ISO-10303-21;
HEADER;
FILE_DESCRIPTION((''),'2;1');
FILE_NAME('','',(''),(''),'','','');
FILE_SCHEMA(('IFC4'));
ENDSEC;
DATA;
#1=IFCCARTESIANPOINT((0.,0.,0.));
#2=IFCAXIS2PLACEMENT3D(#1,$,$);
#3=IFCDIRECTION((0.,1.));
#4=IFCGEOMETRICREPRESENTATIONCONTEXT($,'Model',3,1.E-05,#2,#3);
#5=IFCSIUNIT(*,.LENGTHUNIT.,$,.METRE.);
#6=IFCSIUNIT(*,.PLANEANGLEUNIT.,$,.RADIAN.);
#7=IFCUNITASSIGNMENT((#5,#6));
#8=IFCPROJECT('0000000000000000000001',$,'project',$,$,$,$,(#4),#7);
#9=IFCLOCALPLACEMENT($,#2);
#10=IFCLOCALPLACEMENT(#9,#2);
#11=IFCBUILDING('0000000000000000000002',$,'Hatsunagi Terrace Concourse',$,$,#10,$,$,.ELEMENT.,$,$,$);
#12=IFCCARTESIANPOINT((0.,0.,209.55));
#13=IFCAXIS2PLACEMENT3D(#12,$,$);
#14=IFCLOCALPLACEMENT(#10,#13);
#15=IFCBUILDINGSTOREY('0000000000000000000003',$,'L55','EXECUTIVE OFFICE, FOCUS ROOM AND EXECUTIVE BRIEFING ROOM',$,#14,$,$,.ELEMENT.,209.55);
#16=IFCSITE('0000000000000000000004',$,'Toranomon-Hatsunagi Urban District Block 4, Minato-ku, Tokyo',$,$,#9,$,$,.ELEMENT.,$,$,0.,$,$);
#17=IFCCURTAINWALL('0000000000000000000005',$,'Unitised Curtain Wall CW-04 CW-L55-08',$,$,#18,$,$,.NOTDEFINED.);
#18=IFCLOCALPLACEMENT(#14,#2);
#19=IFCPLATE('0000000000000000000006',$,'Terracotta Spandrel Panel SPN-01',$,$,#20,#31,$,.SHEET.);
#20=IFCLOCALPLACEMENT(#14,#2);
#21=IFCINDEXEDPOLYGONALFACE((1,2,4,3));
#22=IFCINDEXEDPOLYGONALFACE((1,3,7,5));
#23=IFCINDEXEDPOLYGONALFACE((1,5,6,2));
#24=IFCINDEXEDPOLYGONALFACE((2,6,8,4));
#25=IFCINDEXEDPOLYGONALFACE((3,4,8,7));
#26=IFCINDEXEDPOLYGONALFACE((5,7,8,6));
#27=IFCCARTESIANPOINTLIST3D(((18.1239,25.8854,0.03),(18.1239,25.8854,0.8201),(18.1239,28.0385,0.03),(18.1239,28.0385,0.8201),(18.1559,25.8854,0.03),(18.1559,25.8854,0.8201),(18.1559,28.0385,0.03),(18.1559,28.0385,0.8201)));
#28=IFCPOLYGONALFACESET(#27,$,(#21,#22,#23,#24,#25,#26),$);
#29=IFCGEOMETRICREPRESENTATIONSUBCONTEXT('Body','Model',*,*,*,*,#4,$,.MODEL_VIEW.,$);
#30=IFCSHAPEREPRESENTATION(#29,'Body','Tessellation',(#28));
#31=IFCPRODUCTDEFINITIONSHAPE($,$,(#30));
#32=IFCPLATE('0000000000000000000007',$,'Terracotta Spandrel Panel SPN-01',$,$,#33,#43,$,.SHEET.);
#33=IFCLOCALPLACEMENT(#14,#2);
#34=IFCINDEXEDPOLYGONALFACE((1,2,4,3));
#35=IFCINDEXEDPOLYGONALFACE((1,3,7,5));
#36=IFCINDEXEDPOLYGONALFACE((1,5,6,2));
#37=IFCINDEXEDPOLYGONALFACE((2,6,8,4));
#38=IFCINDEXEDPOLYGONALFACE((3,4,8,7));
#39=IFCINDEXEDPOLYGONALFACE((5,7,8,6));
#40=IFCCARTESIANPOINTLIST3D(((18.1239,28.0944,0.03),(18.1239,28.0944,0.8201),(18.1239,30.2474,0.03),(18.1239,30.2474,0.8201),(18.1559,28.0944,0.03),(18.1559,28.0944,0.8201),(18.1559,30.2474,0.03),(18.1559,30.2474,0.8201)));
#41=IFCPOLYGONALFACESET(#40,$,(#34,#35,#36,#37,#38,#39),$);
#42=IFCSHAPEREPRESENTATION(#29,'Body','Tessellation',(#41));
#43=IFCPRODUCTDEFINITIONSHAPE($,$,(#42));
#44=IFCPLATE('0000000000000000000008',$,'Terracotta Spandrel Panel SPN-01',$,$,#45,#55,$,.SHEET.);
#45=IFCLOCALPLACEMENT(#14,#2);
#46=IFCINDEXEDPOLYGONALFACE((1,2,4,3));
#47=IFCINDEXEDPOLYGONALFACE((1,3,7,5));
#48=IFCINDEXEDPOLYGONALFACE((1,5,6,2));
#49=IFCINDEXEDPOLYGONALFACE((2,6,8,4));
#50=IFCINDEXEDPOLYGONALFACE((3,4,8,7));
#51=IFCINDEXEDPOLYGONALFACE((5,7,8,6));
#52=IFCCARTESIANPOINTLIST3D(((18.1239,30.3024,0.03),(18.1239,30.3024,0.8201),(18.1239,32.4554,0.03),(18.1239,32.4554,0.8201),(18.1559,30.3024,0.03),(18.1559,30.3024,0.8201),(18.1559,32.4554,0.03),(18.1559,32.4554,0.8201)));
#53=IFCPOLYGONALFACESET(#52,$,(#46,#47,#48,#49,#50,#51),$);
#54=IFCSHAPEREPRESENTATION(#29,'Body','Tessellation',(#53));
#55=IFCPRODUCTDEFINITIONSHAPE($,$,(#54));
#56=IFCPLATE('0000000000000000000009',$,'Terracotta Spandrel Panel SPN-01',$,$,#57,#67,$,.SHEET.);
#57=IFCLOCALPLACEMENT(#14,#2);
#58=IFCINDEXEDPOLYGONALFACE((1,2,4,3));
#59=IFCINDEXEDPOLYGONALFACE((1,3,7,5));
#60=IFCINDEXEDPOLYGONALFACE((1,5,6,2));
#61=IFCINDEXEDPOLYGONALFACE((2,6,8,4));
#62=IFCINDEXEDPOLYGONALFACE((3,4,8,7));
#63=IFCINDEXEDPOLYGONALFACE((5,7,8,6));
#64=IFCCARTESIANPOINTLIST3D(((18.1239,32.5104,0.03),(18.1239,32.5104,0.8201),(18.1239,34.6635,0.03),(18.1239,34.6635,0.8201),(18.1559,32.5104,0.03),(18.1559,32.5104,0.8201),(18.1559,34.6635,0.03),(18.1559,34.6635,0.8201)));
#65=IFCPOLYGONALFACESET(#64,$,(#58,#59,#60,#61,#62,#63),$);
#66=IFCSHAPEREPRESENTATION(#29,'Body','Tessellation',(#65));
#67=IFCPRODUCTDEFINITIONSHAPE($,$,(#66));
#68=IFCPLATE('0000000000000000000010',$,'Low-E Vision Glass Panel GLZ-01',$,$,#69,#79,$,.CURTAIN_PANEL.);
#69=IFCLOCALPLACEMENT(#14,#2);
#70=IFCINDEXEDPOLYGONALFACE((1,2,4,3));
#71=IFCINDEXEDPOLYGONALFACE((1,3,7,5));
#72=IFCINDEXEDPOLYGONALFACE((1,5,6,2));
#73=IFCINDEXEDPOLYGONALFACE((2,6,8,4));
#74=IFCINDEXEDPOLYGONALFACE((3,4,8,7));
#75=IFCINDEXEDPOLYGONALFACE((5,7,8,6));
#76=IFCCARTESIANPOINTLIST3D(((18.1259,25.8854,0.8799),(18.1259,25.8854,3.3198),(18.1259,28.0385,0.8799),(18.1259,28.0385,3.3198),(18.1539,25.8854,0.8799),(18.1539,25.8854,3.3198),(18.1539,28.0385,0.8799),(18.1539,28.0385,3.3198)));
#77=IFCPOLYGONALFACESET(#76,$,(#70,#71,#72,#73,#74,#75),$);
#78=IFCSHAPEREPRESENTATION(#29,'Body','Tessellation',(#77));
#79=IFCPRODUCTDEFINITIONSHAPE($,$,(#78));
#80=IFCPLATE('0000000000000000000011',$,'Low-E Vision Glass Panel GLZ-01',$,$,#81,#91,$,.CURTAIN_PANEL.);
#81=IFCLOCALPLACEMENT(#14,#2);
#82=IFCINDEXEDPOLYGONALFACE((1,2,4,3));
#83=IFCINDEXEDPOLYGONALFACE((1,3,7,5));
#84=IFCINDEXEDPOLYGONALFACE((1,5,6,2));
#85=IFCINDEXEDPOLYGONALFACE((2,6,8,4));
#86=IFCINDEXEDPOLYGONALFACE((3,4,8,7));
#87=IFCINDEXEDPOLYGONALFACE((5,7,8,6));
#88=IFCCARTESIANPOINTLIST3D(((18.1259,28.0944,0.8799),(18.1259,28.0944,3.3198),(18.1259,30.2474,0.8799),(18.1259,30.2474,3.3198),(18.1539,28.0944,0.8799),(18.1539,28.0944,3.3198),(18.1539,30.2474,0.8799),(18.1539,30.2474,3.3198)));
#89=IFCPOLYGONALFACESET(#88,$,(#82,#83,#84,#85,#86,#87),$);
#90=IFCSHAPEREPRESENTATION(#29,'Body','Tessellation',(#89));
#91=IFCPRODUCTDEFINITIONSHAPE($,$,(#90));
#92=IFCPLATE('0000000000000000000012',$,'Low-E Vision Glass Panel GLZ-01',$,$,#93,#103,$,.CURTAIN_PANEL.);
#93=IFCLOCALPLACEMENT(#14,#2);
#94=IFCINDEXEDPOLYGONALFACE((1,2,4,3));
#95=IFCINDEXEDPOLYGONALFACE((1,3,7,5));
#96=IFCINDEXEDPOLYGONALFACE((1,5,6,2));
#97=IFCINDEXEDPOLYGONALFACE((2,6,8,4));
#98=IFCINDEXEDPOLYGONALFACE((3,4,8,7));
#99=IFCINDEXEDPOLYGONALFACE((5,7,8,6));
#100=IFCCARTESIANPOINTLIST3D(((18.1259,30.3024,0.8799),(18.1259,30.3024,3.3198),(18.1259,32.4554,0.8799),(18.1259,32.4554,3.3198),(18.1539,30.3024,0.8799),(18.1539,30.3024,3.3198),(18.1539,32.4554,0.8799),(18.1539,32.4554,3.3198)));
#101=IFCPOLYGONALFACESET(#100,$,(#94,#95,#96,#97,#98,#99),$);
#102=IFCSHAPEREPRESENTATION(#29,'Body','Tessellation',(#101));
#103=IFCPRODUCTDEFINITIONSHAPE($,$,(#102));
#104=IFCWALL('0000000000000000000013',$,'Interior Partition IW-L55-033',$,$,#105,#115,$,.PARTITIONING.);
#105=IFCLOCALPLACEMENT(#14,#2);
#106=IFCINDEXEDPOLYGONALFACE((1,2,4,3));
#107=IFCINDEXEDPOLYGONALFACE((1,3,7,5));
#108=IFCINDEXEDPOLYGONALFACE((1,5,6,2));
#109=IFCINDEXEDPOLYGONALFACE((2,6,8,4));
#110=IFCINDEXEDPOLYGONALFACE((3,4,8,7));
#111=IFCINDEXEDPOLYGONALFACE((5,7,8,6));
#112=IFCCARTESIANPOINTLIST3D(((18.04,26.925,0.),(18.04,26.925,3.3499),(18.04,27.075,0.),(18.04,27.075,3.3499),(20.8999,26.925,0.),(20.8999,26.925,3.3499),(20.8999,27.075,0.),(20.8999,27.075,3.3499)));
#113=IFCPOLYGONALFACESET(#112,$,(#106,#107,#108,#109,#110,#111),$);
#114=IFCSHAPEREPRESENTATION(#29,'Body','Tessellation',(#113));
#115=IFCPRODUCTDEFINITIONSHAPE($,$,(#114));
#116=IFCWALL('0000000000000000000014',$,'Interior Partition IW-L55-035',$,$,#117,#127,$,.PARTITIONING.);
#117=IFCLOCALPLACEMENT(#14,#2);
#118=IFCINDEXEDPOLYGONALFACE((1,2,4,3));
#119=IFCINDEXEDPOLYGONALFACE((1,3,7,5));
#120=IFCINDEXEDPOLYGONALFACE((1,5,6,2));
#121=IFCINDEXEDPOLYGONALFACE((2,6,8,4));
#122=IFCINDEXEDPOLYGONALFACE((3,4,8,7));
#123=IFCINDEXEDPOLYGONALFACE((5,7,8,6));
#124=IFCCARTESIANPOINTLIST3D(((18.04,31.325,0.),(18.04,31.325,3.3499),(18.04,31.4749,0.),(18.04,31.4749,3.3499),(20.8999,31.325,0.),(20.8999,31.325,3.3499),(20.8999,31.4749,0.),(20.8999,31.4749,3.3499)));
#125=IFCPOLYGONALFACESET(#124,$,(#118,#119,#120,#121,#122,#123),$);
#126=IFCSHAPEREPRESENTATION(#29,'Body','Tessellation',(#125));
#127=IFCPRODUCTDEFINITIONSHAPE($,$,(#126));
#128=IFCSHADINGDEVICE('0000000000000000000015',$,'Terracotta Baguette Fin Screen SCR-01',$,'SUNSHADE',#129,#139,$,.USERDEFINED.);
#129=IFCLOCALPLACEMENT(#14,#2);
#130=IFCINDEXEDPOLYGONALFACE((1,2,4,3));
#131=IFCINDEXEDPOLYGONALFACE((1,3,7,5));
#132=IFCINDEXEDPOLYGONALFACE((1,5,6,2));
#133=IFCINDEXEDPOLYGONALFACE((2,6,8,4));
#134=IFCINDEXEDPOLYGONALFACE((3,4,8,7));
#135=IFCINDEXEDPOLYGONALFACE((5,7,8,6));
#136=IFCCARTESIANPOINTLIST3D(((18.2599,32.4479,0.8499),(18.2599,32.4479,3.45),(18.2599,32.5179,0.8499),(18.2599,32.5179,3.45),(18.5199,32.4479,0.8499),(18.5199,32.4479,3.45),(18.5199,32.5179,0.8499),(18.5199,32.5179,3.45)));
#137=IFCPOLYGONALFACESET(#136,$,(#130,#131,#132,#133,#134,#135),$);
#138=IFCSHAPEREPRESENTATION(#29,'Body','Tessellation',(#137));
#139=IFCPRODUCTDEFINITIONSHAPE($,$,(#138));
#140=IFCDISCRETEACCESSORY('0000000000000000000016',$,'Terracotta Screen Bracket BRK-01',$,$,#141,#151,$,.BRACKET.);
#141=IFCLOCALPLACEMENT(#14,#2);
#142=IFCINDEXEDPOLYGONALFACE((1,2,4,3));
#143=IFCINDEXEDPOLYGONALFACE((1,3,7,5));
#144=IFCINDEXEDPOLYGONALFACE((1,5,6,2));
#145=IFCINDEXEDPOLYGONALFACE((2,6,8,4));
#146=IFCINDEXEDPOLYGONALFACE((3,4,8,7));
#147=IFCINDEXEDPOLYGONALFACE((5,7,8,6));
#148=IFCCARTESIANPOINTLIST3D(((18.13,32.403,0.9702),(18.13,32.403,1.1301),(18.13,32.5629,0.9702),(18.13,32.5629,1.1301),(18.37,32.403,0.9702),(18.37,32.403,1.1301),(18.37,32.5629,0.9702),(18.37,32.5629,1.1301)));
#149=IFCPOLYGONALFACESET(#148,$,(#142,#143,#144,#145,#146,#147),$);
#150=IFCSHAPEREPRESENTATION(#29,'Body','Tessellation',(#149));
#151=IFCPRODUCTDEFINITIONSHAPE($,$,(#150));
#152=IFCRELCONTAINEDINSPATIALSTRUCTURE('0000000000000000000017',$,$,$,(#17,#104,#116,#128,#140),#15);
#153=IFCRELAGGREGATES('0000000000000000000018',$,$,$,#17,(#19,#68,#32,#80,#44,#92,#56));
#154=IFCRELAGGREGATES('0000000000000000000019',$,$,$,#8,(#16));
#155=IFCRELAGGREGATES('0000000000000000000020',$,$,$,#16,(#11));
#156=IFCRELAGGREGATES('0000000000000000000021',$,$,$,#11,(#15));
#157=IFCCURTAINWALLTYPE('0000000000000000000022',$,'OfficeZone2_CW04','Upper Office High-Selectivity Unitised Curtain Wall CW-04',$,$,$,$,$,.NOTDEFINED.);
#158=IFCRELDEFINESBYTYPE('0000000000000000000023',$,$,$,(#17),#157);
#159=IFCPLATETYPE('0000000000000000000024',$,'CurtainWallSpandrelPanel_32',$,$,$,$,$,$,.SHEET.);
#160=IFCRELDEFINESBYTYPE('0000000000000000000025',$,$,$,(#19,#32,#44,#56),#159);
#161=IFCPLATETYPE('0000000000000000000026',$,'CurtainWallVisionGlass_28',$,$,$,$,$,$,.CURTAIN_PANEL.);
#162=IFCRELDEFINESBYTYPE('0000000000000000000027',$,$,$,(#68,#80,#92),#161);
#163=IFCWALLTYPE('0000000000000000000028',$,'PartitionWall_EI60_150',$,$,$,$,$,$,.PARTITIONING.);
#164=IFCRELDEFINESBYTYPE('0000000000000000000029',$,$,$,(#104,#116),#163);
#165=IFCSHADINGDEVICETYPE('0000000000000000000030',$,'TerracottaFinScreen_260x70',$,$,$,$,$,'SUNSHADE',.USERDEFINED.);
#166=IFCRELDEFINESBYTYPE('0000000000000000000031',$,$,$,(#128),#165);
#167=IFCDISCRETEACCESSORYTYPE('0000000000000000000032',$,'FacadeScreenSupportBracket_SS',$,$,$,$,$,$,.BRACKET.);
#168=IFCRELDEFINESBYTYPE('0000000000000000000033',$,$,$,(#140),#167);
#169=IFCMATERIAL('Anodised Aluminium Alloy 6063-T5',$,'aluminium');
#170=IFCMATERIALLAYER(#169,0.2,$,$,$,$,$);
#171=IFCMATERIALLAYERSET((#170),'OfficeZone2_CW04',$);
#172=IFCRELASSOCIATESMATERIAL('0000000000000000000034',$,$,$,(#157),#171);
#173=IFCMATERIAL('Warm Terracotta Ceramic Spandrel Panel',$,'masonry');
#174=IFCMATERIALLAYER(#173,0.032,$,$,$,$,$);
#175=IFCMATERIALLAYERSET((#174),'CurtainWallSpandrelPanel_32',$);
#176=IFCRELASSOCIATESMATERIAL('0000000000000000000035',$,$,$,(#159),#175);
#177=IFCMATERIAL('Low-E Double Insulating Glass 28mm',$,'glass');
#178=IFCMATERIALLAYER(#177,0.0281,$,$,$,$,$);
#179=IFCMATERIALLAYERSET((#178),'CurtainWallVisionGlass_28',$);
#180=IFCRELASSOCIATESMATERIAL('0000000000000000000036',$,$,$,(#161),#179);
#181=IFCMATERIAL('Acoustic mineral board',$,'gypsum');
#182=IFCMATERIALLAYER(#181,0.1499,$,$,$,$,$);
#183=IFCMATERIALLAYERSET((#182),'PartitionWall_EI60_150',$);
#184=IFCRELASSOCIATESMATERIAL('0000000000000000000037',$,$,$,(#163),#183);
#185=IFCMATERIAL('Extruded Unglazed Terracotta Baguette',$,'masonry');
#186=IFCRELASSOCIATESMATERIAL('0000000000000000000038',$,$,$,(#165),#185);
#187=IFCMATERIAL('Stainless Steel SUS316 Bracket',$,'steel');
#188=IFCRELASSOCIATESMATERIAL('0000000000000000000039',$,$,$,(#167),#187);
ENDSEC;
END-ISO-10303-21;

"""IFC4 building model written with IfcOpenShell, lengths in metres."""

from ifc_helpers import new_model, si_unit, direction, frame, frame_2d, origin, origin_2d, place, context, subcontext, project, spatial, rectangle, extrude, material, layer, layer_set, type_object, element, aggregate, save


model = new_model("IFC4")

# Units and contexts
model_context = context("Model", 3, precision=1e-05, world=origin(), true_north=direction((0.0, 1.0)))
body_context = subcontext(model_context, "Body", "Model", "MODEL_VIEW")
ifc_project = project(units=[si_unit("LENGTHUNIT", "METRE"), si_unit("PLANEANGLEUNIT", "RADIAN")], contexts=[model_context])

# Site, building, storey
site_placement = place(None, origin())
site = spatial("IfcSite", under=ifc_project, at=site_placement, Name="Toranomon-Hatsunagi Urban District Block 4, Minato-ku, Tokyo", CompositionType="ELEMENT", RefElevation=0.0)
building_placement = place(site_placement, origin())
building = spatial("IfcBuilding", under=site, at=building_placement, Name="Hatsunagi Terrace Concourse", CompositionType="ELEMENT")
storey_placement = place(building_placement, frame((0.0, 0.0, 209.55)))
storey = spatial("IfcBuildingStorey", under=building, at=storey_placement, Name="L55", Description="EXECUTIVE OFFICE, FOCUS ROOM AND EXECUTIVE BRIEFING ROOM", CompositionType="ELEMENT", Elevation=209.55)

# Curtain wall
ifc_material_1 = material(Name="Anodised Aluminium Alloy 6063-T5", Category="aluminium")
ifc_layer_1 = layer(ifc_material_1, 0.2)
ifc_layer_set_1 = layer_set([ifc_layer_1], Name="OfficeZone2_CW04")
curtain_wall_type = type_object("IfcCurtainWallType", Name="OfficeZone2_CW04", Description="Upper Office High-Selectivity Unitised Curtain Wall CW-04", PredefinedType="NOTDEFINED", material=ifc_layer_set_1)
curtain_wall_placement = place(storey_placement, origin())
curtain_wall = element("IfcCurtainWall", 1, at=curtain_wall_placement, inside=storey, type_object=curtain_wall_type, Name="Unitised Curtain Wall CW-04 CW-L55-08", PredefinedType="NOTDEFINED")

# Plates
ifc_material_2 = material(Name="Warm Terracotta Ceramic Spandrel Panel", Category="masonry")
ifc_layer_2 = layer(ifc_material_2, 0.032)
ifc_layer_set_2 = layer_set([ifc_layer_2], Name="CurtainWallSpandrelPanel_32")
plate_type_1 = type_object("IfcPlateType", Name="CurtainWallSpandrelPanel_32", PredefinedType="SHEET", material=ifc_layer_set_2)
plate_1_placement = place(storey_placement, frame((18.1399, 26.9619, 0.03), z_axis=(0.0, 0.0, 1.0), x_axis=(0.0, 1.0, 0.0)))
plate_1 = element("IfcPlate", 2, at=plate_1_placement, type_object=plate_type_1, Name="Terracotta Spandrel Panel SPN-01", PredefinedType="SHEET", context=body_context, shape_type="SweptSolid", body=[
    extrude(rectangle(XDim=2.1531, YDim=0.032, at=origin_2d()), origin(), (0.0, 0.0, 1.0), 0.79),
])
plate_2_placement = place(storey_placement, frame((18.1399, 29.1709, 0.03), z_axis=(0.0, 0.0, 1.0), x_axis=(0.0, 1.0, 0.0)))
plate_2 = element("IfcPlate", 3, at=plate_2_placement, type_object=plate_type_1, Name="Terracotta Spandrel Panel SPN-01", PredefinedType="SHEET", context=body_context, shape_type="SweptSolid", body=[
    extrude(rectangle(XDim=2.1531, YDim=0.032, at=origin_2d()), origin(), (0.0, 0.0, 1.0), 0.79),
])
plate_3_placement = place(storey_placement, frame((18.1399, 31.3789, 0.03), z_axis=(0.0, 0.0, 1.0), x_axis=(0.0, 1.0, 0.0)))
plate_3 = element("IfcPlate", 4, at=plate_3_placement, type_object=plate_type_1, Name="Terracotta Spandrel Panel SPN-01", PredefinedType="SHEET", context=body_context, shape_type="SweptSolid", body=[
    extrude(rectangle(XDim=2.1531, YDim=0.032, at=origin_2d()), origin(), (0.0, 0.0, 1.0), 0.79),
])
plate_4_placement = place(storey_placement, frame((18.1399, 33.5869, 0.03), z_axis=(0.0, 0.0, 1.0), x_axis=(0.0, 1.0, 0.0)))
plate_4 = element("IfcPlate", 5, at=plate_4_placement, type_object=plate_type_1, Name="Terracotta Spandrel Panel SPN-01", PredefinedType="SHEET", context=body_context, shape_type="SweptSolid", body=[
    extrude(rectangle(XDim=2.1531, YDim=0.032, at=origin_2d()), origin(), (0.0, 0.0, 1.0), 0.79),
])
ifc_material_3 = material(Name="Low-E Double Insulating Glass 28mm", Category="glass")
ifc_layer_3 = layer(ifc_material_3, 0.0281)
ifc_layer_set_3 = layer_set([ifc_layer_3], Name="CurtainWallVisionGlass_28")
plate_type_2 = type_object("IfcPlateType", Name="CurtainWallVisionGlass_28", PredefinedType="CURTAIN_PANEL", material=ifc_layer_set_3)
plate_5_placement = place(storey_placement, frame((18.1399, 26.9619, 0.8799), z_axis=(0.0, 0.0, 1.0), x_axis=(0.0, 1.0, 0.0)))
plate_5 = element("IfcPlate", 6, at=plate_5_placement, type_object=plate_type_2, Name="Low-E Vision Glass Panel GLZ-01", PredefinedType="CURTAIN_PANEL", context=body_context, shape_type="SweptSolid", body=[
    extrude(rectangle(XDim=2.1531, YDim=0.0281, at=origin_2d()), origin(), (0.0, 0.0, 1.0), 2.4399),
])
plate_6_placement = place(storey_placement, frame((18.1399, 29.1709, 0.8799), z_axis=(0.0, 0.0, 1.0), x_axis=(0.0, 1.0, 0.0)))
plate_6 = element("IfcPlate", 7, at=plate_6_placement, type_object=plate_type_2, Name="Low-E Vision Glass Panel GLZ-01", PredefinedType="CURTAIN_PANEL", context=body_context, shape_type="SweptSolid", body=[
    extrude(rectangle(XDim=2.1531, YDim=0.0281, at=origin_2d()), origin(), (0.0, 0.0, 1.0), 2.4399),
])
plate_7_placement = place(storey_placement, frame((18.1399, 31.3789, 0.8799), z_axis=(0.0, 0.0, 1.0), x_axis=(0.0, 1.0, 0.0)))
plate_7 = element("IfcPlate", 8, at=plate_7_placement, type_object=plate_type_2, Name="Low-E Vision Glass Panel GLZ-01", PredefinedType="CURTAIN_PANEL", context=body_context, shape_type="SweptSolid", body=[
    extrude(rectangle(XDim=2.1531, YDim=0.0281, at=origin_2d()), origin(), (0.0, 0.0, 1.0), 2.4399),
])
aggregate(curtain_wall, [plate_1, plate_5, plate_2, plate_6, plate_3, plate_7, plate_4])

# Walls
ifc_material_4 = material(Name="Acoustic mineral board", Category="gypsum")
ifc_layer_4 = layer(ifc_material_4, 0.1499)
ifc_layer_set_4 = layer_set([ifc_layer_4], Name="PartitionWall_EI60_150")
wall_type = type_object("IfcWallType", Name="PartitionWall_EI60_150", PredefinedType="PARTITIONING", material=ifc_layer_set_4)
for number, where, z_axis, x_axis, name in (
    (9, (18.04, 27.0, 0.0), (0.0, 0.0, 1.0), (1.0, 0.0, 0.0), "Interior Partition IW-L55-033"),
    (10, (18.04, 31.3999, 0.0), (0.0, 0.0, 1.0), (1.0, 0.0, 0.0), "Interior Partition IW-L55-035"),
):
    element("IfcWall", number, at=place(storey_placement, frame(where, z_axis=z_axis, x_axis=x_axis)), inside=storey, type_object=wall_type, Name=name, PredefinedType="PARTITIONING", context=body_context, shape_type="SweptSolid", body=[
        extrude(rectangle(XDim=2.8599, YDim=0.1499, at=frame_2d((1.4299, 0.0))), origin(), (0.0, 0.0, 1.0), 3.3499),
    ])

# Shading device
ifc_material_5 = material(Name="Extruded Unglazed Terracotta Baguette", Category="masonry")
shading_device_type = type_object("IfcShadingDeviceType", Name="TerracottaFinScreen_260x70", ElementType="SUNSHADE", PredefinedType="USERDEFINED", material=ifc_material_5)
shading_device_placement = place(storey_placement, frame((18.3899, 32.4829, 0.8499), z_axis=(0.0, 0.0, 1.0), x_axis=(0.0, 1.0, 0.0)))
element("IfcShadingDevice", 11, at=shading_device_placement, inside=storey, type_object=shading_device_type, Name="Terracotta Baguette Fin Screen SCR-01", ObjectType="SUNSHADE", PredefinedType="USERDEFINED", context=body_context, shape_type="SweptSolid", body=[
    extrude(rectangle(XDim=0.0701, YDim=0.26, at=origin_2d()), origin(), (0.0, 0.0, 1.0), 2.6001),
])

# Discrete accessory
ifc_material_6 = material(Name="Stainless Steel SUS316 Bracket", Category="steel")
discrete_accessory_type = type_object("IfcDiscreteAccessoryType", Name="FacadeScreenSupportBracket_SS", PredefinedType="BRACKET", material=ifc_material_6)
discrete_accessory_placement = place(storey_placement, frame((18.25, 32.4829, 0.9702), z_axis=(0.0, 0.0, 1.0), x_axis=(0.0, 1.0, 0.0)))
element("IfcDiscreteAccessory", 12, at=discrete_accessory_placement, inside=storey, type_object=discrete_accessory_type, Name="Terracotta Screen Bracket BRK-01", PredefinedType="BRACKET", context=body_context, shape_type="SweptSolid", body=[
    extrude(rectangle(XDim=0.1599, YDim=0.24, at=origin_2d()), origin(), (0.0, 0.0, 1.0), 0.1599),
])

save(model, "model.ifc")
